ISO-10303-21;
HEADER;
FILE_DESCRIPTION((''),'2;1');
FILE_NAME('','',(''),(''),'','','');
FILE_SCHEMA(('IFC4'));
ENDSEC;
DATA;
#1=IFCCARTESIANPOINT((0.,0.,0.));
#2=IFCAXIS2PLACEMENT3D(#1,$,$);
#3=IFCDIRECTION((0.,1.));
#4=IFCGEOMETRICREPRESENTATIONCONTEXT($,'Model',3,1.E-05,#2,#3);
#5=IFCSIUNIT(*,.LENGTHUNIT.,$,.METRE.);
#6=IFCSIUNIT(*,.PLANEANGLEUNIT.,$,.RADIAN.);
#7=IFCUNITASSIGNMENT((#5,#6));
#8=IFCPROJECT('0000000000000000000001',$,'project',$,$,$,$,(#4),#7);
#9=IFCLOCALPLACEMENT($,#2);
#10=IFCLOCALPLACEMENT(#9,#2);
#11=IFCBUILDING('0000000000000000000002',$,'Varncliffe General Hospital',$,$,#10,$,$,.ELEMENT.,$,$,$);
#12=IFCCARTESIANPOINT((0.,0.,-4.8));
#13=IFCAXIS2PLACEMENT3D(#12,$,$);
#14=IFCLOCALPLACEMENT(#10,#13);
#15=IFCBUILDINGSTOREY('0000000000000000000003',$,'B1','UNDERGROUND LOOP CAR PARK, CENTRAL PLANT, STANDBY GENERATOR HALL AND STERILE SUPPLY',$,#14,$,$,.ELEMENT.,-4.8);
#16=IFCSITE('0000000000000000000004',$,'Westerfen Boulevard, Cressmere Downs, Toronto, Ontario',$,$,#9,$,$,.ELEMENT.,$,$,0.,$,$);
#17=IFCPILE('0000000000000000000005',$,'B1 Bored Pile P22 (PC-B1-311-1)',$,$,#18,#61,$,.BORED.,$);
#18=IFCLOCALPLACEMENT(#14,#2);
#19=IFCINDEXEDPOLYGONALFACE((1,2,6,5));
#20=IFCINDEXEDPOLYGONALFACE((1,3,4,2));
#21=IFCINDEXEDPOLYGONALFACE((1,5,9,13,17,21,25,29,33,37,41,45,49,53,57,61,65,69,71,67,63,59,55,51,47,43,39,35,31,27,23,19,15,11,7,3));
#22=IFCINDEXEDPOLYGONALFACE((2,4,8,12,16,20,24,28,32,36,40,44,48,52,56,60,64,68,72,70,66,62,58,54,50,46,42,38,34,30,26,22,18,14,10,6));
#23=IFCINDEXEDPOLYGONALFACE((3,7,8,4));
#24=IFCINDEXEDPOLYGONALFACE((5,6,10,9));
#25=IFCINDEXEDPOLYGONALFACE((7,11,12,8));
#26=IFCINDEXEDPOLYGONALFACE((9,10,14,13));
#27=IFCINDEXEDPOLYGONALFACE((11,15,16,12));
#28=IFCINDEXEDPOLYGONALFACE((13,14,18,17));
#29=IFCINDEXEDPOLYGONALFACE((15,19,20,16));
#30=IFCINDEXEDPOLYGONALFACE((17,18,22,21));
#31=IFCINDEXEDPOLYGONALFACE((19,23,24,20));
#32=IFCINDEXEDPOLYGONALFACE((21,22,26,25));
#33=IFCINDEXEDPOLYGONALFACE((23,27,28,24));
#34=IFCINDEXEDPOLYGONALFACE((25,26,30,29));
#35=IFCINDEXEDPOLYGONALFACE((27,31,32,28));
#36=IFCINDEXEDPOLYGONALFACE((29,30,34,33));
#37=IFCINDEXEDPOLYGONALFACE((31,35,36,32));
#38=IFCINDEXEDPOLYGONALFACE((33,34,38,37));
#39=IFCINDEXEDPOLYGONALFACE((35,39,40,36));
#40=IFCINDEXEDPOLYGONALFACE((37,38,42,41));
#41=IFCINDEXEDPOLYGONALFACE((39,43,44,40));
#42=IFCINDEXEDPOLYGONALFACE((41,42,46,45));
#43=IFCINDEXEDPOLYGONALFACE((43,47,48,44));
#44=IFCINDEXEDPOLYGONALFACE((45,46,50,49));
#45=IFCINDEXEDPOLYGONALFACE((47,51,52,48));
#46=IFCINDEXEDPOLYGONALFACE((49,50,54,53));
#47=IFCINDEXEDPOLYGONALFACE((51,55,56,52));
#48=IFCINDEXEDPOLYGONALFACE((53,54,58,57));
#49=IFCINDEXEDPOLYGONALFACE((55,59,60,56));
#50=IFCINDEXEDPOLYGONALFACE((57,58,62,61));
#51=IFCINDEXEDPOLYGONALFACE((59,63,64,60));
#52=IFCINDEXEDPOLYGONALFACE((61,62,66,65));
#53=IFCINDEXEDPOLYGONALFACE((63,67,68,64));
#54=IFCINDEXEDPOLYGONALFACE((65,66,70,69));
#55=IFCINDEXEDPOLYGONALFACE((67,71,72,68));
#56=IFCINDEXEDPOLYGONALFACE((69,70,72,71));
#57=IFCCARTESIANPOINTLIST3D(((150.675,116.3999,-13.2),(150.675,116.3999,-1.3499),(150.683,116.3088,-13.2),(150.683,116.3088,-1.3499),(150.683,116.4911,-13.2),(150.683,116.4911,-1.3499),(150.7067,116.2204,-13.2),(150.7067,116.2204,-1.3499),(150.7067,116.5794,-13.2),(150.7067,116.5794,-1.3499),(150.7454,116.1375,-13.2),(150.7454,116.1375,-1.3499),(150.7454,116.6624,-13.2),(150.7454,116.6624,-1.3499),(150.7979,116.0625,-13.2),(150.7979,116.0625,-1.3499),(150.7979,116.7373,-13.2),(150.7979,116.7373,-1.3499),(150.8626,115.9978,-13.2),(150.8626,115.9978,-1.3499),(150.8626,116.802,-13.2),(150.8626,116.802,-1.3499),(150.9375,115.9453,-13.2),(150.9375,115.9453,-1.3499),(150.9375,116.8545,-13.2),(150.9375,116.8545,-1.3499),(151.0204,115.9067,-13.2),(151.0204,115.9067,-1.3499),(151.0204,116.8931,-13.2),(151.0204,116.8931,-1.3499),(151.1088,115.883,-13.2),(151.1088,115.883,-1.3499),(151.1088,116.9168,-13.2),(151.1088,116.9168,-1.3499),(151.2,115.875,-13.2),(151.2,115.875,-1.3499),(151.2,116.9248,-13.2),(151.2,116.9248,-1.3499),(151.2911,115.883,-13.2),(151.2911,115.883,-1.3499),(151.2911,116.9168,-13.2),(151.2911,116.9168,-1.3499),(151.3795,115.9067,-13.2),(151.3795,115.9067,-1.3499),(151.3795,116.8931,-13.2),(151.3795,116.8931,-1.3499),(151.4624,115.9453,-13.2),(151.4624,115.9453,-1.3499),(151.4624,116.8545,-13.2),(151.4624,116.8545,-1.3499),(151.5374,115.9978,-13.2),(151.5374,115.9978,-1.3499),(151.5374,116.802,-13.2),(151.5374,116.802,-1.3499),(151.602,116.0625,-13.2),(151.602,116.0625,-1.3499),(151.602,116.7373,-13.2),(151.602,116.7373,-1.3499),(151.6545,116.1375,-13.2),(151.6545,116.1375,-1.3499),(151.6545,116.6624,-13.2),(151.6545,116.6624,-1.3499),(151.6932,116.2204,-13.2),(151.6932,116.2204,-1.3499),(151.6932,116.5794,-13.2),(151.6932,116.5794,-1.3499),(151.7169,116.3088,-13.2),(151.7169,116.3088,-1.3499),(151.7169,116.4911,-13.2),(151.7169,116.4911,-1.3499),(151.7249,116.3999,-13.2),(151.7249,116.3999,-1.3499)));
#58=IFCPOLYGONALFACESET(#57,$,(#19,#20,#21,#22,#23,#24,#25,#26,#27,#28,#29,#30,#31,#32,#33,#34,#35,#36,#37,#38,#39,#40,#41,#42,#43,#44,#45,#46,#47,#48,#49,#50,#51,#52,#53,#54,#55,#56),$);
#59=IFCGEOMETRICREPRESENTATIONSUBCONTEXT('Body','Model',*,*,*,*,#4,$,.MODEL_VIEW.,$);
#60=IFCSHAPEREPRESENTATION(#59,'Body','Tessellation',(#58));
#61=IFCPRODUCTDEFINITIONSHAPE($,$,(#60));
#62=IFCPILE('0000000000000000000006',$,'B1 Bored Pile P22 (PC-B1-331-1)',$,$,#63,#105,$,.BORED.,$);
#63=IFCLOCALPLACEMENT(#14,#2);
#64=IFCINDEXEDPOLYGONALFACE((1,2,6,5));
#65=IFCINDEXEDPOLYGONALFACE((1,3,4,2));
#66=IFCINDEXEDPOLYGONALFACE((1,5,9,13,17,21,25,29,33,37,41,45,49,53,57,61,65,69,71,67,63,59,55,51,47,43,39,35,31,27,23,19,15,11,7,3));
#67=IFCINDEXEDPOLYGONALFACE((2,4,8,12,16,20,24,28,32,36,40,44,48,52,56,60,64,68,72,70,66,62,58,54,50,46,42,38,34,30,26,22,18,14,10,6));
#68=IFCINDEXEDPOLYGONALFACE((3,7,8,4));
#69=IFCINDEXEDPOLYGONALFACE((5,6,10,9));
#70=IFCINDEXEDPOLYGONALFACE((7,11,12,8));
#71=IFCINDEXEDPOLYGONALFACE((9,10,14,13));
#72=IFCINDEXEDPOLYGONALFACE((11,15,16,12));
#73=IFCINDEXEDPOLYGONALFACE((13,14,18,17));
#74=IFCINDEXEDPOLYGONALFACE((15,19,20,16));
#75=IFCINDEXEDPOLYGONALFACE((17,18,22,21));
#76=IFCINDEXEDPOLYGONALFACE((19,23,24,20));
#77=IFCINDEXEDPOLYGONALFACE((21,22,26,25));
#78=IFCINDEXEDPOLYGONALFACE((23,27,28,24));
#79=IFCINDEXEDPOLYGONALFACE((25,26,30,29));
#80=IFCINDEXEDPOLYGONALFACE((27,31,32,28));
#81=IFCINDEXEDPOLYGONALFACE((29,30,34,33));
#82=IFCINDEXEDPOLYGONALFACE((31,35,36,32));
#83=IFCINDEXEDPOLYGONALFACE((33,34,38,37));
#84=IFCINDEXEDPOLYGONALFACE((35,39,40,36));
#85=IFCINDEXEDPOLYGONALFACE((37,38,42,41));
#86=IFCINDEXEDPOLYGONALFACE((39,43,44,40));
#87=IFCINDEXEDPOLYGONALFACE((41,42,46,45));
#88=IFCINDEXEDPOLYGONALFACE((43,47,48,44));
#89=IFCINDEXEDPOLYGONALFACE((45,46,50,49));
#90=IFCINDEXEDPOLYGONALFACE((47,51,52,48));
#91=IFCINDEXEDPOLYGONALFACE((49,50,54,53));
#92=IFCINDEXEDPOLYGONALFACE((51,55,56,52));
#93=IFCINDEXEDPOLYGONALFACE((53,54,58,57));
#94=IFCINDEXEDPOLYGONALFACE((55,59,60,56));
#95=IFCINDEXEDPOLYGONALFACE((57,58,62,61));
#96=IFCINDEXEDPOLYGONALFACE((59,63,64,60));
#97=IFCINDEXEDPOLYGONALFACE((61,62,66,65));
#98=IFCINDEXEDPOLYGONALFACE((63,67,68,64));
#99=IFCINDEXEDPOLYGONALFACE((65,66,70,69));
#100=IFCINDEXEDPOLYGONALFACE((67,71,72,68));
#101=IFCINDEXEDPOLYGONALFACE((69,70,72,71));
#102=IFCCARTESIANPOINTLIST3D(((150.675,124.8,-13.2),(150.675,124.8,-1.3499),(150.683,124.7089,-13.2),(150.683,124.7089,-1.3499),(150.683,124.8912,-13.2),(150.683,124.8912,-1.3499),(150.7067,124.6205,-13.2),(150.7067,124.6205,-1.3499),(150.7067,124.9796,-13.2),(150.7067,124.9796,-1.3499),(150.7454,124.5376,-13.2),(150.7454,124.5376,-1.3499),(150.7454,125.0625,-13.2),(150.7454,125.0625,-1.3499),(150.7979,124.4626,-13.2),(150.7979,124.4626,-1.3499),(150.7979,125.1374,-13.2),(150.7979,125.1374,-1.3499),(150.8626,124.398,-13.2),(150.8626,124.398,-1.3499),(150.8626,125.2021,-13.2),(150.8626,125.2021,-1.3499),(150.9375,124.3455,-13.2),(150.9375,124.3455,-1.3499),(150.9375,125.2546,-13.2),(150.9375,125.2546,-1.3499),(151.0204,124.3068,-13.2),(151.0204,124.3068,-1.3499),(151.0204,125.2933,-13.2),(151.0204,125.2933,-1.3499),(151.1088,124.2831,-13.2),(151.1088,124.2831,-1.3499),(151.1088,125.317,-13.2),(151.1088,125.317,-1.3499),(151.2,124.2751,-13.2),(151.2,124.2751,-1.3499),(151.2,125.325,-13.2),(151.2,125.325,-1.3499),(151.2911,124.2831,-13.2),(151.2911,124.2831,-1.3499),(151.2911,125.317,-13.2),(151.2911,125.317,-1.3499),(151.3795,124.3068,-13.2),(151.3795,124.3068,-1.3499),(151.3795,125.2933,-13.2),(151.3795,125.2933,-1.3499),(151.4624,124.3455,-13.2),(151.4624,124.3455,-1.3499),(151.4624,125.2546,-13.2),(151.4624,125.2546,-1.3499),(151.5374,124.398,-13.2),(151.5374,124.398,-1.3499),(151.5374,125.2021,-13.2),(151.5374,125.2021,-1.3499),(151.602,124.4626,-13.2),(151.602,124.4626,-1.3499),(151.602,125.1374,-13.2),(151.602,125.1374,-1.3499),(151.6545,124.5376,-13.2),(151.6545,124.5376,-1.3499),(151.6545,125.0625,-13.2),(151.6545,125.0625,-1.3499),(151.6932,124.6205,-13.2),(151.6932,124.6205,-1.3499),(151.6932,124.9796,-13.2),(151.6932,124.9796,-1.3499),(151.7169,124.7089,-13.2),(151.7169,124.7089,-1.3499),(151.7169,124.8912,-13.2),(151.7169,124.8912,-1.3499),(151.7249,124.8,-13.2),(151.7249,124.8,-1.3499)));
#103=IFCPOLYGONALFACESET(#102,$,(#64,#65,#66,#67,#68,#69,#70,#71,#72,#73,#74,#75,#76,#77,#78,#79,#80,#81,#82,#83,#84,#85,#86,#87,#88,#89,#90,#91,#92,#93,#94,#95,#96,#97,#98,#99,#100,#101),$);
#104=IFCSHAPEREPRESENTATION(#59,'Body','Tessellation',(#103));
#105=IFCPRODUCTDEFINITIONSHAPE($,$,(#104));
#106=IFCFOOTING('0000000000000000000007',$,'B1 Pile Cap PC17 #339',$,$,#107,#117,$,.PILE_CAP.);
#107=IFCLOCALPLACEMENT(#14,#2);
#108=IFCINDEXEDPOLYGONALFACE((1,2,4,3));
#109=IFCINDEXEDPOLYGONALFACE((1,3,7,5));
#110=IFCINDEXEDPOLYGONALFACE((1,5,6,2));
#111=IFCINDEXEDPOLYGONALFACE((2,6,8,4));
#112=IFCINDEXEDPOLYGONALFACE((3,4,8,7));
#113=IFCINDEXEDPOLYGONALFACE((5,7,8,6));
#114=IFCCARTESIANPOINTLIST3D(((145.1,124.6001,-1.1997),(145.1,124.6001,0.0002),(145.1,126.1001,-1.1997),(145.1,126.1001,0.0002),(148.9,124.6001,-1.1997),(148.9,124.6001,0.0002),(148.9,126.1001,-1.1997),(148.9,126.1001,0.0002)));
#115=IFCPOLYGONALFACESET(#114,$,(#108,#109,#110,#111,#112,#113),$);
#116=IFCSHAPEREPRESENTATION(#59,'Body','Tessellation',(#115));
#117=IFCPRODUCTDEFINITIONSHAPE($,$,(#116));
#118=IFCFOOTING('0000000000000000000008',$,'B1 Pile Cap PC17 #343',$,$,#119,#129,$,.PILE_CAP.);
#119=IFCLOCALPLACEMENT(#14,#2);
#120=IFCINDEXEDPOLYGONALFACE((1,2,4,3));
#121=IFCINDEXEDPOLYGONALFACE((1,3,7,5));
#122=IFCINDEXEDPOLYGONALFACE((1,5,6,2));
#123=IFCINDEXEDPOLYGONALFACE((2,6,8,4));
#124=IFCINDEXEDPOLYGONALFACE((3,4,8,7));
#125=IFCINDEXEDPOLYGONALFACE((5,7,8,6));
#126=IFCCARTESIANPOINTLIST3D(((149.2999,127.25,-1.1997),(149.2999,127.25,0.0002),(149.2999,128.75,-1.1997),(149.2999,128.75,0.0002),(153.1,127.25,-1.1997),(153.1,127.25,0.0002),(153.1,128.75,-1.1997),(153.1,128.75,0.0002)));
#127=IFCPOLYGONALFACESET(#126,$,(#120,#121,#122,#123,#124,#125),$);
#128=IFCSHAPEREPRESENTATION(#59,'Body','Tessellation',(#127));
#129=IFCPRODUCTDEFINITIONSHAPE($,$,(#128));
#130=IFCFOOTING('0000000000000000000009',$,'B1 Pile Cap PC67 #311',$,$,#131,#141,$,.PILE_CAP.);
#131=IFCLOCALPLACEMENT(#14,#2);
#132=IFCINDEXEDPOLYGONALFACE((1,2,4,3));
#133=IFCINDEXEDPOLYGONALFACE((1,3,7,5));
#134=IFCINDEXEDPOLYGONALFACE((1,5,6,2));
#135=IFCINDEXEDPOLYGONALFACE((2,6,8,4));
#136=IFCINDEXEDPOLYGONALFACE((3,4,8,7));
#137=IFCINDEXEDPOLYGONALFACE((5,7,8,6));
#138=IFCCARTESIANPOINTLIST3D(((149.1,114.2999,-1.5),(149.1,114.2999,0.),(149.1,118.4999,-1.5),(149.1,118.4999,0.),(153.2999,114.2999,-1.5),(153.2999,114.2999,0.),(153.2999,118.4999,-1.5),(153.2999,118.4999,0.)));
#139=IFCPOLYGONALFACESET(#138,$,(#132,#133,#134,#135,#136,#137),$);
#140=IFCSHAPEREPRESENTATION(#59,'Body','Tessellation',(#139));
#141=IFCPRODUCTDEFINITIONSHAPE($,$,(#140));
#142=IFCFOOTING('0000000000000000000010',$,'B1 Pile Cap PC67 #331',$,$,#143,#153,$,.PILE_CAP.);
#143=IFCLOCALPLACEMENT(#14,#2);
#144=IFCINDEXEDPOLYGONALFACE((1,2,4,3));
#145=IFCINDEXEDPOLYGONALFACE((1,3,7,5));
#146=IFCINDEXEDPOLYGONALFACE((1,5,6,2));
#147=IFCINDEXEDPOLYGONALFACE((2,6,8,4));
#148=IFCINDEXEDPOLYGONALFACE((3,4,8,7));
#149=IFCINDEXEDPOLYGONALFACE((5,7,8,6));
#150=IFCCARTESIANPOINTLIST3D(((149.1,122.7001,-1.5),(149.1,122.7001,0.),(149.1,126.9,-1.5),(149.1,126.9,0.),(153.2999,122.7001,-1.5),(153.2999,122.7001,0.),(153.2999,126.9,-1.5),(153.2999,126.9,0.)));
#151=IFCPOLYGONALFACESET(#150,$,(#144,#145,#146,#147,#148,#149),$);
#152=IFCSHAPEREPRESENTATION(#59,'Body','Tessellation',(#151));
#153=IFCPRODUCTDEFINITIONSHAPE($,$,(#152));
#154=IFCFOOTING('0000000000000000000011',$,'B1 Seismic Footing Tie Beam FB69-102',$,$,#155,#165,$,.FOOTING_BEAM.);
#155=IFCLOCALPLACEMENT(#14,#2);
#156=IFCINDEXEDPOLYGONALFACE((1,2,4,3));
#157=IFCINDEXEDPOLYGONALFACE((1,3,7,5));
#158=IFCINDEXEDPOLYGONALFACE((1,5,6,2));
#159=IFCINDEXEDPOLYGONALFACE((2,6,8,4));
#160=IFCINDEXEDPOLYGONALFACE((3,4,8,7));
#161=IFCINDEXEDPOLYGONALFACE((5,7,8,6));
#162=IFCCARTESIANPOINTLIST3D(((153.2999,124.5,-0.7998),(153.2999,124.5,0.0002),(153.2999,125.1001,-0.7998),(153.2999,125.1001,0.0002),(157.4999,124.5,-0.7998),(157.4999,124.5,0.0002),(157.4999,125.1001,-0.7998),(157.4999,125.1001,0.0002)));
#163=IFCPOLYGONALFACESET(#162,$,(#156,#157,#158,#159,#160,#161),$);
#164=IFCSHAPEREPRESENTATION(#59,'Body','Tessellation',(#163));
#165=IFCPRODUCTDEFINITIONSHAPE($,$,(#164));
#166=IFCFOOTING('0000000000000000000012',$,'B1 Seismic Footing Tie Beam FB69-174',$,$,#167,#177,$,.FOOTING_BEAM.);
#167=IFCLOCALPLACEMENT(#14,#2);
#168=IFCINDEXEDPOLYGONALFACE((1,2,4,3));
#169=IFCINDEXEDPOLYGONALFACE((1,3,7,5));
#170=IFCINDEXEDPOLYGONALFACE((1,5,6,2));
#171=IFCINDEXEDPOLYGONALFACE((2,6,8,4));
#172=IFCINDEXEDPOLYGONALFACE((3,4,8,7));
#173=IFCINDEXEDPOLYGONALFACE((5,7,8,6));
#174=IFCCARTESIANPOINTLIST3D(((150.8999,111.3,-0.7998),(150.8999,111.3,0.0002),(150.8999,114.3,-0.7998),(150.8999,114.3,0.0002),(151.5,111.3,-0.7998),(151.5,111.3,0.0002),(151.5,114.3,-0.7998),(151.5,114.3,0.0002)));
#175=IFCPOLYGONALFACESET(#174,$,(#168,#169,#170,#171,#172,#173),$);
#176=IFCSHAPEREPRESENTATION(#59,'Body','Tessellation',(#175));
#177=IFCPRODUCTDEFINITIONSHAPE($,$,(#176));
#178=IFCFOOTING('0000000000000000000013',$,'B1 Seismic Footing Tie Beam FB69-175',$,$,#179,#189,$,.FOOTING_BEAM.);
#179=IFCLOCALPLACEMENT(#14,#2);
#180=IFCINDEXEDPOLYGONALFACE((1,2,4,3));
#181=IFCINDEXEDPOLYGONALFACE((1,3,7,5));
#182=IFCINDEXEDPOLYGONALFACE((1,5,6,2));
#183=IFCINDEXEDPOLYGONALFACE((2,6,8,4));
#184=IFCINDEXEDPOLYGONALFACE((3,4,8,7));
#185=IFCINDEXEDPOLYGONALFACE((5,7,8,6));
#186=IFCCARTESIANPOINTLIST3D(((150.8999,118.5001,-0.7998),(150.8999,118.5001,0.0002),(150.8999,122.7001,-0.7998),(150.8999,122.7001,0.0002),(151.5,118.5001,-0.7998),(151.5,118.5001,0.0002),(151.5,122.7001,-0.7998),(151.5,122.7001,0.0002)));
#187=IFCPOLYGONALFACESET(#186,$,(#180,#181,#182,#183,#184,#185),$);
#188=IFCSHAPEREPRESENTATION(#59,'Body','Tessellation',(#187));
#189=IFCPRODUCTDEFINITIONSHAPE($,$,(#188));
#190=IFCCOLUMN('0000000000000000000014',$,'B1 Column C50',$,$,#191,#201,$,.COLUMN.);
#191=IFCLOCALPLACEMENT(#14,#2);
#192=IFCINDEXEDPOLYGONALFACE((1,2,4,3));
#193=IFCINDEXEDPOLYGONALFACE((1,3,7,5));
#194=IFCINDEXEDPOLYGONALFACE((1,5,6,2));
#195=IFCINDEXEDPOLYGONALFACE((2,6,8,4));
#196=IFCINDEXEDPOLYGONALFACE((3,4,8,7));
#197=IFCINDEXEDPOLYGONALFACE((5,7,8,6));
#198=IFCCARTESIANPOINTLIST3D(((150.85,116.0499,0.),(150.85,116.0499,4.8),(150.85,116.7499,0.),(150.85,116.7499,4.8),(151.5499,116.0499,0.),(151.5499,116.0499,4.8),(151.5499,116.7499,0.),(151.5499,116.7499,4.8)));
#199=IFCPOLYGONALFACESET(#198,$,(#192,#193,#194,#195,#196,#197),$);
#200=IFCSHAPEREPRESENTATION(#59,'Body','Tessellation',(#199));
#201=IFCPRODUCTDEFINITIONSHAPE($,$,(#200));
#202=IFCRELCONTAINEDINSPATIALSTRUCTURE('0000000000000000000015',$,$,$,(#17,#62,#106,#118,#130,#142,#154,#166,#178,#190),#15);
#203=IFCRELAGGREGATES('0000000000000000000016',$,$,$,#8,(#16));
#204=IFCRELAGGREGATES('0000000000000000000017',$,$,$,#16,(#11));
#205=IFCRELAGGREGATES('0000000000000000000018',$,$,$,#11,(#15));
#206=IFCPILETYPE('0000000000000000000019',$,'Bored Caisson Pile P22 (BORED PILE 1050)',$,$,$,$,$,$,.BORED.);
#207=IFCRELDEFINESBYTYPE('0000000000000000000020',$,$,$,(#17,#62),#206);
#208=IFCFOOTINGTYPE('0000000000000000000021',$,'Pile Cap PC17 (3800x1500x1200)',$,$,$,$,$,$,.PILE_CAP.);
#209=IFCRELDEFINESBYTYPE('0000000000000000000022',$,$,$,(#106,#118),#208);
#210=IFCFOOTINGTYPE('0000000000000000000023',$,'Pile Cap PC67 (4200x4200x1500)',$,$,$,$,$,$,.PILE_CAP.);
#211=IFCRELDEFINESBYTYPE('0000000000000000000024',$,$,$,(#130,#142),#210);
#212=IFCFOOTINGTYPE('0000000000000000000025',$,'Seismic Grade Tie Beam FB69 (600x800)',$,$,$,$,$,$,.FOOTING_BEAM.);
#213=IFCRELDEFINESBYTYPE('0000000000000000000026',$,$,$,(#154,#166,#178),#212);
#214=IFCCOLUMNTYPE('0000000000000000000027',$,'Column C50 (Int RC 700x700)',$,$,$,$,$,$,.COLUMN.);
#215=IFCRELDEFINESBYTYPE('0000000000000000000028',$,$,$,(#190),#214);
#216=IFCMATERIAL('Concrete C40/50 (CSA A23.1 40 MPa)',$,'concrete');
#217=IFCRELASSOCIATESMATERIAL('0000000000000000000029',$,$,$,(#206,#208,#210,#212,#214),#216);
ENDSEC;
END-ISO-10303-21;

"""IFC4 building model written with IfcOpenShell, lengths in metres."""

from ifc_helpers import new_model, si_unit, direction, frame, origin, origin_2d, place, context, subcontext, project, spatial, rectangle, circle, extrude, material, material_profile, profile_set, type_object, element, save


model = new_model("IFC4")

# Units and contexts
model_context = context("Model", 3, precision=1e-05, world=origin(), true_north=direction((0.0, 1.0)))
body_context = subcontext(model_context, "Body", "Model", "MODEL_VIEW")
ifc_project = project(units=[si_unit("LENGTHUNIT", "METRE"), si_unit("PLANEANGLEUNIT", "RADIAN")], contexts=[model_context])

# Site, building, storey
site_placement = place(None, origin())
site = spatial("IfcSite", under=ifc_project, at=site_placement, Name="Westerfen Boulevard, Cressmere Downs, Toronto, Ontario", CompositionType="ELEMENT", RefElevation=0.0)
building_placement = place(site_placement, origin())
building = spatial("IfcBuilding", under=site, at=building_placement, Name="Varncliffe General Hospital", CompositionType="ELEMENT")
storey_placement = place(building_placement, frame((0.0, 0.0, -4.8)))
storey = spatial("IfcBuildingStorey", under=building, at=storey_placement, Name="B1", Description="UNDERGROUND LOOP CAR PARK, CENTRAL PLANT, STANDBY GENERATOR HALL AND STERILE SUPPLY", CompositionType="ELEMENT", Elevation=-4.8)

# Piles
ifc_material_1 = material(Name="Concrete C40/50 (CSA A23.1 40 MPa)", Category="concrete")
ifc_material_profile_1 = material_profile(ifc_material_1, circle(Radius=0.5249, at=origin_2d()), Name="BORED PILE 1050")
ifc_profile_set_1 = profile_set([ifc_material_profile_1], Name="Concrete C40/50 (CSA A23.1 40 MPa)")
pile_type_1 = type_object("IfcPileType", Name="Bored Caisson Pile P22 (BORED PILE 1050)", PredefinedType="BORED", material=ifc_profile_set_1)
for number, where, z_axis, x_axis, name in (
    (1, (151.2, 116.3999, -1.3499), (0.0, 0.0, -1.0), (1.0, 0.0, 0.0), "B1 Bored Pile P22 (PC-B1-311-1)"),
    (2, (151.2, 124.8, -1.3499), (0.0, 0.0, -1.0), (1.0, 0.0, 0.0), "B1 Bored Pile P22 (PC-B1-331-1)"),
):
    element("IfcPile", number, at=place(storey_placement, frame(where, z_axis=z_axis, x_axis=x_axis)), inside=storey, type_object=pile_type_1, Name=name, PredefinedType="BORED", context=body_context, shape_type="SweptSolid", body=[
        extrude(circle(Radius=0.5249, at=origin_2d()), origin(), (0.0, 0.0, 1.0), 11.8501),
    ])

# Footings
footing_type_1 = type_object("IfcFootingType", Name="Pile Cap PC17 (3800x1500x1200)", PredefinedType="PILE_CAP", material=ifc_material_1)
for number, where, z_axis, x_axis, name in (
    (3, (147.0, 125.3501, -1.1997), (0.0, 0.0, 1.0), (1.0, 0.0, 0.0), "B1 Pile Cap PC17 #339"),
    (4, (151.2, 128.0, -1.1997), (0.0, 0.0, 1.0), (1.0, 0.0, 0.0), "B1 Pile Cap PC17 #343"),
):
    element("IfcFooting", number, at=place(storey_placement, frame(where, z_axis=z_axis, x_axis=x_axis)), inside=storey, type_object=footing_type_1, Name=name, PredefinedType="PILE_CAP", context=body_context, shape_type="SweptSolid", body=[
        extrude(rectangle(XDim=3.8, YDim=1.5, at=origin_2d()), origin(), (0.0, 0.0, 1.0), 1.2),
    ])
footing_type_2 = type_object("IfcFootingType", Name="Pile Cap PC67 (4200x4200x1500)", PredefinedType="PILE_CAP", material=ifc_material_1)
for number, where, z_axis, x_axis, name in (
    (5, (151.2, 116.3999, -1.5), (0.0, 0.0, 1.0), (1.0, 0.0, 0.0), "B1 Pile Cap PC67 #311"),
    (6, (151.2, 124.8, -1.5), (0.0, 0.0, 1.0), (1.0, 0.0, 0.0), "B1 Pile Cap PC67 #331"),
):
    element("IfcFooting", number, at=place(storey_placement, frame(where, z_axis=z_axis, x_axis=x_axis)), inside=storey, type_object=footing_type_2, Name=name, PredefinedType="PILE_CAP", context=body_context, shape_type="SweptSolid", body=[
        extrude(rectangle(XDim=4.2, YDim=4.2, at=origin_2d()), origin(), (0.0, 0.0, 1.0), 1.5),
    ])
footing_type_3 = type_object("IfcFootingType", Name="Seismic Grade Tie Beam FB69 (600x800)", PredefinedType="FOOTING_BEAM", material=ifc_material_1)
footing_1_placement = place(storey_placement, frame((155.3999, 124.8, -0.7998), z_axis=(0.0, 0.0, 1.0), x_axis=(1.0, 0.0, 0.0)))
element("IfcFooting", 7, at=footing_1_placement, inside=storey, type_object=footing_type_3, Name="B1 Seismic Footing Tie Beam FB69-102", PredefinedType="FOOTING_BEAM", context=body_context, shape_type="SweptSolid", body=[
    extrude(rectangle(XDim=4.2, YDim=0.6001, at=origin_2d()), origin(), (0.0, 0.0, 1.0), 0.8),
])
footing_2_placement = place(storey_placement, frame((151.2, 112.8, -0.7998), z_axis=(0.0, 0.0, 1.0), x_axis=(1.0, 0.0, 0.0)))
element("IfcFooting", 8, at=footing_2_placement, inside=storey, type_object=footing_type_3, Name="B1 Seismic Footing Tie Beam FB69-174", PredefinedType="FOOTING_BEAM", context=body_context, shape_type="SweptSolid", body=[
    extrude(rectangle(XDim=0.6001, YDim=3.0, at=origin_2d()), origin(), (0.0, 0.0, 1.0), 0.8),
])
footing_3_placement = place(storey_placement, frame((151.2, 120.6001, -0.7998), z_axis=(0.0, 0.0, 1.0), x_axis=(1.0, 0.0, 0.0)))
element("IfcFooting", 9, at=footing_3_placement, inside=storey, type_object=footing_type_3, Name="B1 Seismic Footing Tie Beam FB69-175", PredefinedType="FOOTING_BEAM", context=body_context, shape_type="SweptSolid", body=[
    extrude(rectangle(XDim=0.6001, YDim=4.2, at=origin_2d()), origin(), (0.0, 0.0, 1.0), 0.8),
])

# Column
ifc_material_profile_2 = material_profile(ifc_material_1, rectangle(XDim=0.7, YDim=0.7, at=origin_2d()), Name="RC 700x700")
ifc_profile_set_2 = profile_set([ifc_material_profile_2], Name="Concrete C40/50 (CSA A23.1 40 MPa)")
column_type_1 = type_object("IfcColumnType", Name="Column C50 (Int RC 700x700)", PredefinedType="COLUMN", material=ifc_profile_set_2)
column_1_placement = place(storey_placement, frame((151.2, 116.3999, 0.0), z_axis=(0.0, 0.0, 1.0), x_axis=(1.0, 0.0, 0.0)))
element("IfcColumn", 10, at=column_1_placement, inside=storey, type_object=column_type_1, Name="B1 Column C50", PredefinedType="COLUMN", context=body_context, shape_type="SweptSolid", body=[
    extrude(rectangle(XDim=0.7, YDim=0.7, at=origin_2d()), origin(), (0.0, 0.0, 1.0), 4.8),
])

save(model, "model.ifc")
